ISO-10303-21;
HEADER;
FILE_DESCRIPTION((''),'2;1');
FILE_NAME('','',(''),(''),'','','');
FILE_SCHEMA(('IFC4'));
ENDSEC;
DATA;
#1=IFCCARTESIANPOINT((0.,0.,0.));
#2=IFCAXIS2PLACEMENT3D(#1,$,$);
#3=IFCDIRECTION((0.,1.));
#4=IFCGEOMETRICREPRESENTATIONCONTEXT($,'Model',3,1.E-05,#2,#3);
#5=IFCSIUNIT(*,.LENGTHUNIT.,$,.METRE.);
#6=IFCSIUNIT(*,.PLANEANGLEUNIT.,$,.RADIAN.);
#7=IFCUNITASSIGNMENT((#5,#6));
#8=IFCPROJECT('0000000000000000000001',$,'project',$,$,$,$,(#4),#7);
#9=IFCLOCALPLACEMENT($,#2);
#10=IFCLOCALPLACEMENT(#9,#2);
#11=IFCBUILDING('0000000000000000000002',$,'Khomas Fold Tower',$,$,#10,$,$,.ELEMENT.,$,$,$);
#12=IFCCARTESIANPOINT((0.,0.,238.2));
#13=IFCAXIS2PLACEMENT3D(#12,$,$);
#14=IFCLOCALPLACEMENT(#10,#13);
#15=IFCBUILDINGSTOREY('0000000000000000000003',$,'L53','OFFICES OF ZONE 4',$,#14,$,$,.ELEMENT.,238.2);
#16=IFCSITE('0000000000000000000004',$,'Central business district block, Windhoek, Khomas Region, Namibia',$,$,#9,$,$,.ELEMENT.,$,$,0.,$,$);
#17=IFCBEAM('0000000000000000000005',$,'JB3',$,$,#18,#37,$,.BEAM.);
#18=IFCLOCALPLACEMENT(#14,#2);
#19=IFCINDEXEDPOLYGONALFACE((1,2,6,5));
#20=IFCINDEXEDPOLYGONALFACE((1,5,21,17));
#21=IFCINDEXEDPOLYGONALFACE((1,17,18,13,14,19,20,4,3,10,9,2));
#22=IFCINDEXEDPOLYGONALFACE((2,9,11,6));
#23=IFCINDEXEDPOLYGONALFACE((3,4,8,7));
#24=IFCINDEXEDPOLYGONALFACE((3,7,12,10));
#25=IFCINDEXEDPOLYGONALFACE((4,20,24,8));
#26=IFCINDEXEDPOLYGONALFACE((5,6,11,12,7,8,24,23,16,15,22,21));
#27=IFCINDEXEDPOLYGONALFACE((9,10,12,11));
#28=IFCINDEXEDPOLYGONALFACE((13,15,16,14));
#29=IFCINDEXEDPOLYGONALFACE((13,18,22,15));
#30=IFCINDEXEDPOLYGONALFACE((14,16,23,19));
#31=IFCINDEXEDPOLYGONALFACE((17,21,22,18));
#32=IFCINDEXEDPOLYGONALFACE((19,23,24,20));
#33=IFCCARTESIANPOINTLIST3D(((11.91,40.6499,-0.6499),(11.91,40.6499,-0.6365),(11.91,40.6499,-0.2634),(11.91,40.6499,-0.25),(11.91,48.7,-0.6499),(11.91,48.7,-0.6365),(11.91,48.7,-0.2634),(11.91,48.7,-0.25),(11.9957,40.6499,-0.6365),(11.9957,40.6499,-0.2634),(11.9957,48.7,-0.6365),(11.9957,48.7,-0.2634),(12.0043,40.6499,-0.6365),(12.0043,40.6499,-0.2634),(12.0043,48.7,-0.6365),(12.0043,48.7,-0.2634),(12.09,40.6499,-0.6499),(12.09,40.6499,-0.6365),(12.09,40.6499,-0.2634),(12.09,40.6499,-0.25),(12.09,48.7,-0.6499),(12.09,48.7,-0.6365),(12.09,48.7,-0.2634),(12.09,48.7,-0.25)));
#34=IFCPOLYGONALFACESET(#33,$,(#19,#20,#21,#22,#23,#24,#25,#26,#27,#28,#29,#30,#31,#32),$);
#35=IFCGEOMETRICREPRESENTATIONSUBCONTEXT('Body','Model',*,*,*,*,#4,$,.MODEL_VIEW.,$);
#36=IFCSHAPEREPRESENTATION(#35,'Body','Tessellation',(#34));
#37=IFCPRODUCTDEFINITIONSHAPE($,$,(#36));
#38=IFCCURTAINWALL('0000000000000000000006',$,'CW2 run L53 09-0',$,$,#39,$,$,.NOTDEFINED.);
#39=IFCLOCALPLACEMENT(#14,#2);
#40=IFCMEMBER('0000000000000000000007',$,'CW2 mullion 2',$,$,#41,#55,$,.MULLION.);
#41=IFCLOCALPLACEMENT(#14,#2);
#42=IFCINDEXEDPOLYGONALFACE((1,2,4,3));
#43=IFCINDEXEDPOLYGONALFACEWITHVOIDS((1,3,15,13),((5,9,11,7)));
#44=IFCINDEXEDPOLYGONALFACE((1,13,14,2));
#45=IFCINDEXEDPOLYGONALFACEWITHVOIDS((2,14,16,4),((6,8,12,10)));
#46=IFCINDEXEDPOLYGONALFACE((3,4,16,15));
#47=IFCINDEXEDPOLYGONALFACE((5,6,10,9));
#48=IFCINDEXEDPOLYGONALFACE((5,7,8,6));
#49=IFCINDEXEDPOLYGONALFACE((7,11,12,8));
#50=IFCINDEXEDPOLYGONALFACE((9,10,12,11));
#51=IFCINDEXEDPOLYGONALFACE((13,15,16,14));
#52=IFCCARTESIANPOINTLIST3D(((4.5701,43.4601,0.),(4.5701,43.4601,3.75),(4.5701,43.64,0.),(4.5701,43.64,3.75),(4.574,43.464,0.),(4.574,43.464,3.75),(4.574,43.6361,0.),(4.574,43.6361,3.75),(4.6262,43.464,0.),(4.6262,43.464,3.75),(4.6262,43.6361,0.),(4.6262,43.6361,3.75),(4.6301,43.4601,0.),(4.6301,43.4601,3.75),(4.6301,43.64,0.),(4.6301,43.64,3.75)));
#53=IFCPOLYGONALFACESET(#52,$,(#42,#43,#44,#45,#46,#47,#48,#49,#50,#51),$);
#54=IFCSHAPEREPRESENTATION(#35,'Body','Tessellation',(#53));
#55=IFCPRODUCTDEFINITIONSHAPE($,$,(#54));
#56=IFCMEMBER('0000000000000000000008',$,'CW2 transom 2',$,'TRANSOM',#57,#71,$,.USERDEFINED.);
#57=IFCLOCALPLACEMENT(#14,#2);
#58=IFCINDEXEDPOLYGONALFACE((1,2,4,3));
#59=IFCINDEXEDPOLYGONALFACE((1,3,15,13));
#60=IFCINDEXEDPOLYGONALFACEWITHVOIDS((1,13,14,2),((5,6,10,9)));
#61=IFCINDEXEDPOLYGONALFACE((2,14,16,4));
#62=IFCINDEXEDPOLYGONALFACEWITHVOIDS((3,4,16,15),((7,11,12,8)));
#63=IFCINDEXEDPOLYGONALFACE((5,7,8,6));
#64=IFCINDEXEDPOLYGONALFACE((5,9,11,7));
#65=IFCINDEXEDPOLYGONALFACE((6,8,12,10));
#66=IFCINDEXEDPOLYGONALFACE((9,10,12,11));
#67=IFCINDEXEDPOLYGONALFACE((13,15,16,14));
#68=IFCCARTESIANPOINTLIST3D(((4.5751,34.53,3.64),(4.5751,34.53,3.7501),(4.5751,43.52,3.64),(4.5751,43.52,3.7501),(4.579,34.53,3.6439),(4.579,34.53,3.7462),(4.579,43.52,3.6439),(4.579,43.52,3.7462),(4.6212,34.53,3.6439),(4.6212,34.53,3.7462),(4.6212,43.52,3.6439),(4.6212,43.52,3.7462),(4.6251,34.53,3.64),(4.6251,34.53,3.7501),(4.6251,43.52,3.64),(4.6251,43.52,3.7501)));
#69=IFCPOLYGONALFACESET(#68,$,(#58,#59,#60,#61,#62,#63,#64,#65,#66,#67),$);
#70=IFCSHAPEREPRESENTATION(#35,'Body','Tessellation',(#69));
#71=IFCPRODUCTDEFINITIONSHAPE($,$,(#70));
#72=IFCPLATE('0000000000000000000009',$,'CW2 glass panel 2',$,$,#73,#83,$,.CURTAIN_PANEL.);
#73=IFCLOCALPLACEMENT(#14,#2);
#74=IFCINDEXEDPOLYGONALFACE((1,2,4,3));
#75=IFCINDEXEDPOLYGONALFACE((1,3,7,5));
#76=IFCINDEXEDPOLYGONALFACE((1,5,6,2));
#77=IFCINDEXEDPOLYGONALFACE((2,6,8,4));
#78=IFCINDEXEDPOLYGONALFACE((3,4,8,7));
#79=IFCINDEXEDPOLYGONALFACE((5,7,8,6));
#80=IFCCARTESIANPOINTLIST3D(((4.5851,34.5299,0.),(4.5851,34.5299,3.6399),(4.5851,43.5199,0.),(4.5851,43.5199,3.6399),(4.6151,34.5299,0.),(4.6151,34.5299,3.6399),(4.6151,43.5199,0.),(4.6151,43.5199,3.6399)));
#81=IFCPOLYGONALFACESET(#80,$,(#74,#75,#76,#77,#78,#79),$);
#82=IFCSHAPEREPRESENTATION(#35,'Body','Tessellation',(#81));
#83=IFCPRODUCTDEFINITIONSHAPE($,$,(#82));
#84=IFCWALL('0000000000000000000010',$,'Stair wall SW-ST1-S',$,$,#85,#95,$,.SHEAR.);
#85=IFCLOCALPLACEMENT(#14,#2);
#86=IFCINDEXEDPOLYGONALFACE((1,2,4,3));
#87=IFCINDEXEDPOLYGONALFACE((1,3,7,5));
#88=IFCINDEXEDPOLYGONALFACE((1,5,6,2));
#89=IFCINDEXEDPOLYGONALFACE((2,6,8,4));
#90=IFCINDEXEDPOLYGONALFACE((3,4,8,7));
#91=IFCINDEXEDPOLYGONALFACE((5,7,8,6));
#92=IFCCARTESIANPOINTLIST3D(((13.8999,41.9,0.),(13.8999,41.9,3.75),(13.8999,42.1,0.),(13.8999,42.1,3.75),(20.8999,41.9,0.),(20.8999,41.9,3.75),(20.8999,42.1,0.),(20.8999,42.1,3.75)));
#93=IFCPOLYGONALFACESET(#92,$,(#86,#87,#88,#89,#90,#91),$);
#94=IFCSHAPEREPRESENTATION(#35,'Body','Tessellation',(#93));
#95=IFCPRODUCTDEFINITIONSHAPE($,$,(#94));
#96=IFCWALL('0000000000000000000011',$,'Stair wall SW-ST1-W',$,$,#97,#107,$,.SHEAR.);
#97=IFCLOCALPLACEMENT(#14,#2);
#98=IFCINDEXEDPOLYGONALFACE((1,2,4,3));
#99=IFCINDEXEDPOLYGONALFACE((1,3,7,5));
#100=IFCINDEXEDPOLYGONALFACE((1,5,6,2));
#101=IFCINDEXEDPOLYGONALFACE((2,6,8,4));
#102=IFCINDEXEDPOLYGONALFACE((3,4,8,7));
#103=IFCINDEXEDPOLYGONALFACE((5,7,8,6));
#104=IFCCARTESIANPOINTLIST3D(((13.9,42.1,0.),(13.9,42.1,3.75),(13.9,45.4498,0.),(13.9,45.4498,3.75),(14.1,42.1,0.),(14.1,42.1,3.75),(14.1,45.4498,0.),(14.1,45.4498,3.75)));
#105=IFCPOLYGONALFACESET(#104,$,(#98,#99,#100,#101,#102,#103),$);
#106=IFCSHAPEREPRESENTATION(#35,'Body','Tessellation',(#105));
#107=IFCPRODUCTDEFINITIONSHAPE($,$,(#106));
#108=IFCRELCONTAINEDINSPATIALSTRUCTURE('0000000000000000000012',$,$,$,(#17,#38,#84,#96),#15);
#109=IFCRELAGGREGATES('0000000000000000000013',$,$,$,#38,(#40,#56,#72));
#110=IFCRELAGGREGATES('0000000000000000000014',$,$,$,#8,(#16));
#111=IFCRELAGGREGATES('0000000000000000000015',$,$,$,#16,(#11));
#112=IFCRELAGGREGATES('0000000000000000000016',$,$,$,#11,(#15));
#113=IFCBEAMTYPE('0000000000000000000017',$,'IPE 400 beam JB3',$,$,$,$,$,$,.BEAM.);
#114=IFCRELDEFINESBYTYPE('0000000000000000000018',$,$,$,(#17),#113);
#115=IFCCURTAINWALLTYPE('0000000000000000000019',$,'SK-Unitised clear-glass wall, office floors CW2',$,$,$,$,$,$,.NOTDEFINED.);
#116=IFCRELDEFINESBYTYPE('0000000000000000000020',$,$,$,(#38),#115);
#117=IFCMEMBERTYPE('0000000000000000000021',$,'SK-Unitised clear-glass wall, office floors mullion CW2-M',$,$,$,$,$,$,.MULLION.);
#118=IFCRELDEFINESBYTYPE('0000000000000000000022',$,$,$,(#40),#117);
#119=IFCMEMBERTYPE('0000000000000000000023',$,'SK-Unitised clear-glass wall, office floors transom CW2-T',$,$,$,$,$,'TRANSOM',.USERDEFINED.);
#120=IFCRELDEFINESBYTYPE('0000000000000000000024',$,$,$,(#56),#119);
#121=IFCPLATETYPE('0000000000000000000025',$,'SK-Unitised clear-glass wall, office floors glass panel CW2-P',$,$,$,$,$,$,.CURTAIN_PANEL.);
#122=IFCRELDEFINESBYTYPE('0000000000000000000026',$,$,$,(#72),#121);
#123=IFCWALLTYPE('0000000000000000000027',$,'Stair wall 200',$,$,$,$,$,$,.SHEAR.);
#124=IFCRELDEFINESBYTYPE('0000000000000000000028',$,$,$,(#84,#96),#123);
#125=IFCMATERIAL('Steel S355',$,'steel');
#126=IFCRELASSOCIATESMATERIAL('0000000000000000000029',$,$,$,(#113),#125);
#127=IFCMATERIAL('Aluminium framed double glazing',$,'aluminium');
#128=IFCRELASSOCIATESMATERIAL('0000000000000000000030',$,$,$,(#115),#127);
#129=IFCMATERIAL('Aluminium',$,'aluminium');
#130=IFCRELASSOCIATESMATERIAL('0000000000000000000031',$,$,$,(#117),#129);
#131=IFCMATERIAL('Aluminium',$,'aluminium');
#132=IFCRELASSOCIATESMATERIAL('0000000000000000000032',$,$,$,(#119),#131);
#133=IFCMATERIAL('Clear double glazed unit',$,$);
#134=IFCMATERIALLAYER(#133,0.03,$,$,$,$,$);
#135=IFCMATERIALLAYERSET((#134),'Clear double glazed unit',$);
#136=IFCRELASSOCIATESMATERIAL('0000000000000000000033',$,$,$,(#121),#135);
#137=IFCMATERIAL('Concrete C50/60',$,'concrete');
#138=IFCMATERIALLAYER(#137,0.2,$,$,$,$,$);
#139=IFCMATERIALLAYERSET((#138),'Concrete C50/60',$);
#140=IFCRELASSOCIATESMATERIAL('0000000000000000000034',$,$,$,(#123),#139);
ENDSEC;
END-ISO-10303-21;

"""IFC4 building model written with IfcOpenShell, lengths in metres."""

from ifc_helpers import new_model, si_unit, direction, frame, frame_2d, origin, origin_2d, place, context, subcontext, project, spatial, rectangle, hollow_rectangle, i_section, extrude, source, transform, mapped, material, layer, layer_set, material_profile, profile_set, type_object, element, aggregate, save


model = new_model("IFC4")

# Units and contexts
model_context = context("Model", 3, precision=1e-05, world=origin(), true_north=direction((0.0, 1.0)))
body_context = subcontext(model_context, "Body", "Model", "MODEL_VIEW")
ifc_project = project(units=[si_unit("LENGTHUNIT", "METRE"), si_unit("PLANEANGLEUNIT", "RADIAN")], contexts=[model_context])

# Site, building, storey
site_placement = place(None, origin())
site = spatial("IfcSite", under=ifc_project, at=site_placement, Name="Central business district block, Windhoek, Khomas Region, Namibia", CompositionType="ELEMENT", RefElevation=0.0)
building_placement = place(site_placement, origin())
building = spatial("IfcBuilding", under=site, at=building_placement, Name="Khomas Fold Tower", CompositionType="ELEMENT")
storey_placement = place(building_placement, frame((0.0, 0.0, 238.2)))
storey = spatial("IfcBuildingStorey", under=building, at=storey_placement, Name="L53", Description="OFFICES OF ZONE 4", CompositionType="ELEMENT", Elevation=238.2)

# Beam
ifc_material_1 = material(Name="Steel S355", Category="steel")
ifc_material_profile_1 = material_profile(ifc_material_1, i_section(OverallWidth=0.1799, OverallDepth=0.3999, WebThickness=0.0085, FlangeThickness=0.0134, at=origin_2d()), Name="IPE 400")
ifc_profile_set_1 = profile_set([ifc_material_profile_1], Name="Steel S355")
beam_type_1 = type_object("IfcBeamType", Name="IPE 400 beam JB3", PredefinedType="BEAM", material=ifc_profile_set_1)
shared_shape_1 = source(origin(), body_context, "Body", "SweptSolid", [
    extrude(i_section(OverallWidth=0.1799, OverallDepth=0.3999, WebThickness=0.0085, FlangeThickness=0.0134, at=origin_2d()), origin(), (0.0, 0.0, 1.0), 8.05),
])
beam_1_placement = place(storey_placement, frame((12.0, 40.6499, -0.45), z_axis=(0.0, 1.0, 0.0), x_axis=(-1.0, 0.0, 0.0)))
element("IfcBeam", 1, at=beam_1_placement, inside=storey, type_object=beam_type_1, Name="JB3", PredefinedType="BEAM", context=body_context, shape_type="MappedRepresentation", body=[
    mapped(shared_shape_1, transform((0.0, 0.0, 0.0))),
])

# Curtain wall, members, plate
ifc_material_2 = material(Name="Aluminium framed double glazing", Category="aluminium")
curtain_wall_type = type_object("IfcCurtainWallType", Name="SK-Unitised clear-glass wall, office floors CW2", PredefinedType="NOTDEFINED", material=ifc_material_2)
curtain_wall_placement = place(storey_placement, origin())
curtain_wall = element("IfcCurtainWall", 2, at=curtain_wall_placement, inside=storey, type_object=curtain_wall_type, Name="CW2 run L53 09-0", PredefinedType="NOTDEFINED")
ifc_material_3 = material(Name="Aluminium", Category="aluminium")
ifc_material_profile_2 = material_profile(ifc_material_3, hollow_rectangle(XDim=0.0601, YDim=0.1799, WallThickness=0.0039, at=origin_2d()), Name="SK-Unitised clear-glass wall, office floors mullion CW2-M")
ifc_profile_set_2 = profile_set([ifc_material_profile_2], Name="Aluminium")
member_type_1 = type_object("IfcMemberType", Name="SK-Unitised clear-glass wall, office floors mullion CW2-M", PredefinedType="MULLION", material=ifc_profile_set_2)
shared_shape_2 = source(origin(), body_context, "Body", "SweptSolid", [
    extrude(hollow_rectangle(XDim=0.0601, YDim=0.1799, WallThickness=0.0039, at=origin_2d()), origin(), (0.0, 0.0, 1.0), 3.75),
])
member_1_placement = place(storey_placement, frame((4.6001, 43.55, 0.0), z_axis=(0.0, 0.0, 1.0), x_axis=(1.0, 0.0, 0.0)))
member_1 = element("IfcMember", 3, at=member_1_placement, type_object=member_type_1, Name="CW2 mullion 2", PredefinedType="MULLION", context=body_context, shape_type="MappedRepresentation", body=[
    mapped(shared_shape_2, transform((0.0, 0.0, 0.0))),
])
ifc_material_4 = material(Name="Aluminium", Category="aluminium")
ifc_material_profile_3 = material_profile(ifc_material_4, hollow_rectangle(XDim=0.05, YDim=0.1101, WallThickness=0.0039, at=origin_2d()), Name="SK-Unitised clear-glass wall, office floors transom CW2-T")
ifc_profile_set_3 = profile_set([ifc_material_profile_3], Name="Aluminium")
member_type_2 = type_object("IfcMemberType", Name="SK-Unitised clear-glass wall, office floors transom CW2-T", ElementType="TRANSOM", PredefinedType="USERDEFINED", material=ifc_profile_set_3)
shared_shape_3 = source(origin(), body_context, "Body", "SweptSolid", [
    extrude(hollow_rectangle(XDim=0.05, YDim=0.1101, WallThickness=0.0039, at=origin_2d()), origin(), (0.0, 0.0, 1.0), 8.99),
])
member_2_placement = place(storey_placement, frame((4.6001, 43.52, 3.6951), z_axis=(0.0, -1.0, 0.0), x_axis=(1.0, 0.0, 0.0)))
member_2 = element("IfcMember", 4, at=member_2_placement, type_object=member_type_2, Name="CW2 transom 2", ObjectType="TRANSOM", PredefinedType="USERDEFINED", context=body_context, shape_type="MappedRepresentation", body=[
    mapped(shared_shape_3, transform((0.0, 0.0, 0.0))),
])
ifc_material_5 = material(Name="Clear double glazed unit")
ifc_layer_1 = layer(ifc_material_5, 0.03)
ifc_layer_set_1 = layer_set([ifc_layer_1], Name="Clear double glazed unit")
plate_type = type_object("IfcPlateType", Name="SK-Unitised clear-glass wall, office floors glass panel CW2-P", PredefinedType="CURTAIN_PANEL", material=ifc_layer_set_1)
shared_shape_4 = source(origin(), body_context, "Body", "SweptSolid", [
    extrude(rectangle(XDim=8.99, YDim=0.03, at=origin_2d()), origin(), (0.0, 0.0, 1.0), 3.6399),
])
plate_placement = place(storey_placement, frame((4.6001, 39.0249, 0.0), z_axis=(0.0, 0.0, 1.0), x_axis=(0.0, -1.0, 0.0)))
plate = element("IfcPlate", 5, at=plate_placement, type_object=plate_type, Name="CW2 glass panel 2", PredefinedType="CURTAIN_PANEL", context=body_context, shape_type="MappedRepresentation", body=[
    mapped(shared_shape_4, transform((0.0, 0.0, 0.0))),
])
aggregate(curtain_wall, [member_1, member_2, plate])

# Walls
ifc_material_6 = material(Name="Concrete C50/60", Category="concrete")
ifc_layer_2 = layer(ifc_material_6, 0.2)
ifc_layer_set_2 = layer_set([ifc_layer_2], Name="Concrete C50/60")
wall_type_1 = type_object("IfcWallType", Name="Stair wall 200", PredefinedType="SHEAR", material=ifc_layer_set_2)
shared_shape_5 = source(origin(), body_context, "Body", "SweptSolid", [
    extrude(rectangle(XDim=7.0, YDim=0.2, at=frame_2d((3.5, 0.0))), origin(), (0.0, 0.0, 1.0), 3.75),
])
wall_1_placement = place(storey_placement, frame((13.8999, 42.0, 0.0), z_axis=(0.0, 0.0, 1.0), x_axis=(1.0, 0.0, 0.0)))
element("IfcWall", 6, at=wall_1_placement, inside=storey, type_object=wall_type_1, Name="Stair wall SW-ST1-S", PredefinedType="SHEAR", context=body_context, shape_type="MappedRepresentation", body=[
    mapped(shared_shape_5, transform((0.0, 0.0, 0.0))),
])
shared_shape_6 = source(origin(), body_context, "Body", "SweptSolid", [
    extrude(rectangle(XDim=3.3499, YDim=0.2, at=frame_2d((1.6748, 0.0))), origin(), (0.0, 0.0, 1.0), 3.75),
])
wall_2_placement = place(storey_placement, frame((14.0, 42.1001, 0.0), z_axis=(0.0, 0.0, 1.0), x_axis=(0.0, 1.0, 0.0)))
element("IfcWall", 7, at=wall_2_placement, inside=storey, type_object=wall_type_1, Name="Stair wall SW-ST1-W", PredefinedType="SHEAR", context=body_context, shape_type="MappedRepresentation", body=[
    mapped(shared_shape_6, transform((0.0, 0.0, 0.0))),
])

save(model, "model.ifc")
